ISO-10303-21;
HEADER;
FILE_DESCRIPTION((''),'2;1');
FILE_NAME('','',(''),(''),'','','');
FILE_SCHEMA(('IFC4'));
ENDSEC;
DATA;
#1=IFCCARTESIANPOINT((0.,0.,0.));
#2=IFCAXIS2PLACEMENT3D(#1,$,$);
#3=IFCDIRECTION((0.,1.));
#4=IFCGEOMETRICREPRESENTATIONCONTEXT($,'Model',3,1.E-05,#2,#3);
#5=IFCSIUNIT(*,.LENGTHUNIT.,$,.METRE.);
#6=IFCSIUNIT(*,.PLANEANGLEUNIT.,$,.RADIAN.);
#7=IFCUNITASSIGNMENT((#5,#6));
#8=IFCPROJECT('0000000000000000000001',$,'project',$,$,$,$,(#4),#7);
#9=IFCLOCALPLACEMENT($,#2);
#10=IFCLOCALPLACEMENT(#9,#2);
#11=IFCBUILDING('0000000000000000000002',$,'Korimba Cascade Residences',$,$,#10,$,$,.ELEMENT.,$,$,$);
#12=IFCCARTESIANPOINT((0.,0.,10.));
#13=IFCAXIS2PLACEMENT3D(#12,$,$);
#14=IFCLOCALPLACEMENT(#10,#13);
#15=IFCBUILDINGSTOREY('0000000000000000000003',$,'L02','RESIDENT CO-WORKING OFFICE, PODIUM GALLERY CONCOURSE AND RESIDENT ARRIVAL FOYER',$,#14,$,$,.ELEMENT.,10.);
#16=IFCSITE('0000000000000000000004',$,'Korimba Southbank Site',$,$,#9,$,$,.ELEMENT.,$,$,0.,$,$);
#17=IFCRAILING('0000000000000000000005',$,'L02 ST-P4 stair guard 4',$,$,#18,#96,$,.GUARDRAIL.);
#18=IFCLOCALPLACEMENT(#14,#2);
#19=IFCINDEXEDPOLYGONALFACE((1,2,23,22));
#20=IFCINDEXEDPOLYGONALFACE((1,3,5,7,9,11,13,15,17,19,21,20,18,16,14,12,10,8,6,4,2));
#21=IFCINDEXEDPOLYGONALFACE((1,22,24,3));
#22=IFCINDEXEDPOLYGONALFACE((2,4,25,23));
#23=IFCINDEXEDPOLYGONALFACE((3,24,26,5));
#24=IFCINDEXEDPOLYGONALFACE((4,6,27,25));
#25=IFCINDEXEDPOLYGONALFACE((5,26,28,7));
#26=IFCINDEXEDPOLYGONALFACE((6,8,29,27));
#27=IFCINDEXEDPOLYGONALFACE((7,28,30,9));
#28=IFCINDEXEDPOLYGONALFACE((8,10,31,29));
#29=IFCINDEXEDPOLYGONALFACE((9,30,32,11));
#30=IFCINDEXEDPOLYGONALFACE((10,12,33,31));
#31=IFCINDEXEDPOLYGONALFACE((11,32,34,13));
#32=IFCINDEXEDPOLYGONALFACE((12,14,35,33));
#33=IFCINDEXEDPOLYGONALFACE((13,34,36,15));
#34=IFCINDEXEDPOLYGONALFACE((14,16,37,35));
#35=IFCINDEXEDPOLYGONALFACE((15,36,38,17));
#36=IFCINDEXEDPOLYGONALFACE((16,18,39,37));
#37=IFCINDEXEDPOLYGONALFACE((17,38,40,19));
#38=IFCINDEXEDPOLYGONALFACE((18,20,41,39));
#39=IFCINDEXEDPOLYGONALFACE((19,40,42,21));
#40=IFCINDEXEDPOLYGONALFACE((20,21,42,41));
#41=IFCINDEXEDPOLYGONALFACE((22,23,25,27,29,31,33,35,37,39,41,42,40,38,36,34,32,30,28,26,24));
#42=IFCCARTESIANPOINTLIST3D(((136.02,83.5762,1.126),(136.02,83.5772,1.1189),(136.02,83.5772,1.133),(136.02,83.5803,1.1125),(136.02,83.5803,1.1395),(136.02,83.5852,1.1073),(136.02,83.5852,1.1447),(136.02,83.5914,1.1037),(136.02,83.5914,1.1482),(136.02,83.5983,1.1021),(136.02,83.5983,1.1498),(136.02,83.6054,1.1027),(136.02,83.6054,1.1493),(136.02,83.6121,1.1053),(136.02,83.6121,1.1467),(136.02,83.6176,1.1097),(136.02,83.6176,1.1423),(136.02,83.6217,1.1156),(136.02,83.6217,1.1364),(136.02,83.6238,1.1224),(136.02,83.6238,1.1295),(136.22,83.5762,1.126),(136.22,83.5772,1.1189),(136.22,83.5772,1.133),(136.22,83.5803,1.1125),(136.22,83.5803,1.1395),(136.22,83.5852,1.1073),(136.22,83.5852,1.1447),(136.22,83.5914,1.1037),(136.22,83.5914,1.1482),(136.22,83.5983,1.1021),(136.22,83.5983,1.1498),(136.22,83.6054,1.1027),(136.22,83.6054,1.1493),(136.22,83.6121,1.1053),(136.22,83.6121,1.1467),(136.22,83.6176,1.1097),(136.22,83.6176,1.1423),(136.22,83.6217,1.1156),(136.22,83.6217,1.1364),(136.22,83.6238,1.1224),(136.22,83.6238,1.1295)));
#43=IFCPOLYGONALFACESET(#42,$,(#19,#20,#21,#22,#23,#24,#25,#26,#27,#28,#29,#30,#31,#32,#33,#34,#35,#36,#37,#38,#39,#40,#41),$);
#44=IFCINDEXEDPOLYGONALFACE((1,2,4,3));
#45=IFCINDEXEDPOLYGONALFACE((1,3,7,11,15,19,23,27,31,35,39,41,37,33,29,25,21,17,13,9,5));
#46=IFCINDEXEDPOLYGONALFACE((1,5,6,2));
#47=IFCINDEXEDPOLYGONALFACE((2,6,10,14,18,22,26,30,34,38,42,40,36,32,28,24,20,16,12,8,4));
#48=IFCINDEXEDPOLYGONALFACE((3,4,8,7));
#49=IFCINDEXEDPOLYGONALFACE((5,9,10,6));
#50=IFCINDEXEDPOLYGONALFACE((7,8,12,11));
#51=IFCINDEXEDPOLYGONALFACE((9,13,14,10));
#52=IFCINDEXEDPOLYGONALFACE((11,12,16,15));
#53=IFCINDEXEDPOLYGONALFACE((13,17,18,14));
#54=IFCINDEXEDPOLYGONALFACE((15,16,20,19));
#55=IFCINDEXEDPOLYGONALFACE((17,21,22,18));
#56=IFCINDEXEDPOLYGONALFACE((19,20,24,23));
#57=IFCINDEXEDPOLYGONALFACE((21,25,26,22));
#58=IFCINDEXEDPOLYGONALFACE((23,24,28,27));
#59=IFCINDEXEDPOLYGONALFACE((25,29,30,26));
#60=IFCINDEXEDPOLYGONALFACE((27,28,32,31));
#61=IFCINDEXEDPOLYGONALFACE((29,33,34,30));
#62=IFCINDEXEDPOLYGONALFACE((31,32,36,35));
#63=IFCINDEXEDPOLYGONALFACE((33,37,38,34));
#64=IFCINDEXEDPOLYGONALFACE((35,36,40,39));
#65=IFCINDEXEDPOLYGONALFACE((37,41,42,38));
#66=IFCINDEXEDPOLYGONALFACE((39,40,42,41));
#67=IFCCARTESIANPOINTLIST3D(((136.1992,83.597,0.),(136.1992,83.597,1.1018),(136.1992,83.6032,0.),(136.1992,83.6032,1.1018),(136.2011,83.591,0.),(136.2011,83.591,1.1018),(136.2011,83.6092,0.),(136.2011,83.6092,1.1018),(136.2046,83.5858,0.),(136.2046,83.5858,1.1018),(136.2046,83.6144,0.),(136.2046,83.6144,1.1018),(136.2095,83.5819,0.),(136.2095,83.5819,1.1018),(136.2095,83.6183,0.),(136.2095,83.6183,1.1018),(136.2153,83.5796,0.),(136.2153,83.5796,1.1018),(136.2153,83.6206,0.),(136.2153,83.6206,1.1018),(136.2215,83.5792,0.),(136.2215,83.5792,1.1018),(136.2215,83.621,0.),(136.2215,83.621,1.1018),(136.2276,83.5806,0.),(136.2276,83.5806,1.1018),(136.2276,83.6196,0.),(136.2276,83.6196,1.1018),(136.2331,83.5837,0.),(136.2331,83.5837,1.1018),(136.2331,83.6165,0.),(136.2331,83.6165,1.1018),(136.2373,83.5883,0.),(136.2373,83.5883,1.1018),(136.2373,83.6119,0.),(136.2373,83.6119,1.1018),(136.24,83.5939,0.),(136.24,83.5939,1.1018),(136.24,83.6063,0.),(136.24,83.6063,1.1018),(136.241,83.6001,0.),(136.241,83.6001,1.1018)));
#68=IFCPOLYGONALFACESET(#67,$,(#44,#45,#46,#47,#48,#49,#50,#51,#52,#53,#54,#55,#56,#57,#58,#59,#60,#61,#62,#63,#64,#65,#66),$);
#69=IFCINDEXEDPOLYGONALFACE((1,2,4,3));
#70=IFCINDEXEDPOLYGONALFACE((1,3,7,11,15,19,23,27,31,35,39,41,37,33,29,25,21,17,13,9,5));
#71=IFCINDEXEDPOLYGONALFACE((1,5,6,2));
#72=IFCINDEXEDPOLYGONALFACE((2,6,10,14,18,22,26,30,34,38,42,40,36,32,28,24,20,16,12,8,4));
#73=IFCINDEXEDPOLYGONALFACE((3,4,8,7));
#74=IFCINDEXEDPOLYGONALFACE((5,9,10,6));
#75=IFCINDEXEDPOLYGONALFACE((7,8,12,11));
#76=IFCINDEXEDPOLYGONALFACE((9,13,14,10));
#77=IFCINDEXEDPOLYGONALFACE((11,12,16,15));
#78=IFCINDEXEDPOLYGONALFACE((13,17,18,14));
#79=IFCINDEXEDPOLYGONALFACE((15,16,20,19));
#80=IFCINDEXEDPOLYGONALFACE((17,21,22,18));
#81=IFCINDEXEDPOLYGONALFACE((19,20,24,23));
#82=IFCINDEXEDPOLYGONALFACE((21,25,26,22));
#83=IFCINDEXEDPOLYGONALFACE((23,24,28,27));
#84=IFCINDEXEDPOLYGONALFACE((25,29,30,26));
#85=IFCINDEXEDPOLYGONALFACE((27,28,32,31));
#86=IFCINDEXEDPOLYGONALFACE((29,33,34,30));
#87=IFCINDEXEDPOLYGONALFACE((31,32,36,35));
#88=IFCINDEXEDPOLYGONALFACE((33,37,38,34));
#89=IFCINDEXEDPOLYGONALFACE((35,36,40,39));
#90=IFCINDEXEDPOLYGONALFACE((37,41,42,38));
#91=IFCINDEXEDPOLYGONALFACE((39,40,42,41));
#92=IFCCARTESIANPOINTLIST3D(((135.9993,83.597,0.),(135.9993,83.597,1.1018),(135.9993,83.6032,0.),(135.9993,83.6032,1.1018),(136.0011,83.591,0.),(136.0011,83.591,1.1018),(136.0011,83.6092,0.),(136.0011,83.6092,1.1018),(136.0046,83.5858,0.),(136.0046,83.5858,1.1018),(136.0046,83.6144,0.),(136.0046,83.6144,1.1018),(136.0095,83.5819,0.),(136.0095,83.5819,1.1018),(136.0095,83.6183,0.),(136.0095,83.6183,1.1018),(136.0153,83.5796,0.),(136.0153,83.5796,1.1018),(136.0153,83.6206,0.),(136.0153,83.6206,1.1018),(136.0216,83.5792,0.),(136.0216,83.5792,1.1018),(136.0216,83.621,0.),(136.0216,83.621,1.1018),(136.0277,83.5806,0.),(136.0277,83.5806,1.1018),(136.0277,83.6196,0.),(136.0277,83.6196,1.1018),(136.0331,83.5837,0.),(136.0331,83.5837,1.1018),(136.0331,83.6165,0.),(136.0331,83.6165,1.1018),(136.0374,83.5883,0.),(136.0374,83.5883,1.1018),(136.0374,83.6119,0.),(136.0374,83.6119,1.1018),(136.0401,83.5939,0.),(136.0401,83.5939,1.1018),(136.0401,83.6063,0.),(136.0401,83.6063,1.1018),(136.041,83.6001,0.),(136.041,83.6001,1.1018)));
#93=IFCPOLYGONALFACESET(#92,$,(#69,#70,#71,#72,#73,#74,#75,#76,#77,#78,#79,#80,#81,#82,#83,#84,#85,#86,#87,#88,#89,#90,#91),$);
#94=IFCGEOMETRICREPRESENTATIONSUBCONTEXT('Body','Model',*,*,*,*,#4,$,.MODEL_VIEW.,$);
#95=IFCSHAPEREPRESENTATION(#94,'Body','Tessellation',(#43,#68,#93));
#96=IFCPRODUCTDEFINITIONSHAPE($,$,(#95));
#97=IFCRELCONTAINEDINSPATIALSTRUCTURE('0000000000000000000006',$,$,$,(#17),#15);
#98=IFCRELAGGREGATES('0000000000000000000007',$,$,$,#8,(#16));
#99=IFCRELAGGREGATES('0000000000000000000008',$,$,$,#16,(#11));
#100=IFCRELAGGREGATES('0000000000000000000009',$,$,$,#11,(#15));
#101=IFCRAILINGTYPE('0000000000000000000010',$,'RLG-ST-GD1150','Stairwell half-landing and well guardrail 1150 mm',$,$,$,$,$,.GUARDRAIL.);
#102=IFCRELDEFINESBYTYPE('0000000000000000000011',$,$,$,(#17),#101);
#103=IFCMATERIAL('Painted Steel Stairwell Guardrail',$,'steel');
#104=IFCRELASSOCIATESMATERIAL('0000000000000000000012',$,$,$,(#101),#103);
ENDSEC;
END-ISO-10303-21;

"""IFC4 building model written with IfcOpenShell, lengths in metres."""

from ifc_helpers import new_model, si_unit, direction, frame, origin, origin_2d, place, context, subcontext, project, spatial, circle, extrude, material, type_object, element, save


model = new_model("IFC4")

# Units and contexts
model_context = context("Model", 3, precision=1e-05, world=origin(), true_north=direction((0.0, 1.0)))
body_context = subcontext(model_context, "Body", "Model", "MODEL_VIEW")
ifc_project = project(units=[si_unit("LENGTHUNIT", "METRE"), si_unit("PLANEANGLEUNIT", "RADIAN")], contexts=[model_context])

# Site, building, storey
site_placement = place(None, origin())
site = spatial("IfcSite", under=ifc_project, at=site_placement, Name="Korimba Southbank Site", CompositionType="ELEMENT", RefElevation=0.0)
building_placement = place(site_placement, origin())
building = spatial("IfcBuilding", under=site, at=building_placement, Name="Korimba Cascade Residences", CompositionType="ELEMENT")
storey_placement = place(building_placement, frame((0.0, 0.0, 10.0)))
storey = spatial("IfcBuildingStorey", under=building, at=storey_placement, Name="L02", Description="RESIDENT CO-WORKING OFFICE, PODIUM GALLERY CONCOURSE AND RESIDENT ARRIVAL FOYER", CompositionType="ELEMENT", Elevation=10.0)

# Railing
ifc_material_1 = material(Name="Painted Steel Stairwell Guardrail", Category="steel")
railing_type_1 = type_object("IfcRailingType", Name="RLG-ST-GD1150", Description="Stairwell half-landing and well guardrail 1150 mm", PredefinedType="GUARDRAIL", material=ifc_material_1)
railing_1_placement = place(storey_placement, frame((136.22, 83.6001, 0.0)))
element("IfcRailing", 1, at=railing_1_placement, inside=storey, type_object=railing_type_1, Name="L02 ST-P4 stair guard 4", PredefinedType="GUARDRAIL", context=body_context, shape_type="SweptSolid", body=[
    extrude(circle(Radius=0.0239, at=origin_2d()), frame((0.0, 0.0, 1.126), z_axis=(-1.0, 0.0, 0.0), x_axis=(0.0, -1.0, 0.0)), (0.0, 0.0, 1.0), 0.2),
    extrude(circle(Radius=0.021, at=origin_2d()), origin(), (0.0, 0.0, 1.0), 1.1018),
    extrude(circle(Radius=0.021, at=origin_2d()), frame((-0.2, 0.0, 0.0)), (0.0, 0.0, 1.0), 1.1018),
])

save(model, "model.ifc")
